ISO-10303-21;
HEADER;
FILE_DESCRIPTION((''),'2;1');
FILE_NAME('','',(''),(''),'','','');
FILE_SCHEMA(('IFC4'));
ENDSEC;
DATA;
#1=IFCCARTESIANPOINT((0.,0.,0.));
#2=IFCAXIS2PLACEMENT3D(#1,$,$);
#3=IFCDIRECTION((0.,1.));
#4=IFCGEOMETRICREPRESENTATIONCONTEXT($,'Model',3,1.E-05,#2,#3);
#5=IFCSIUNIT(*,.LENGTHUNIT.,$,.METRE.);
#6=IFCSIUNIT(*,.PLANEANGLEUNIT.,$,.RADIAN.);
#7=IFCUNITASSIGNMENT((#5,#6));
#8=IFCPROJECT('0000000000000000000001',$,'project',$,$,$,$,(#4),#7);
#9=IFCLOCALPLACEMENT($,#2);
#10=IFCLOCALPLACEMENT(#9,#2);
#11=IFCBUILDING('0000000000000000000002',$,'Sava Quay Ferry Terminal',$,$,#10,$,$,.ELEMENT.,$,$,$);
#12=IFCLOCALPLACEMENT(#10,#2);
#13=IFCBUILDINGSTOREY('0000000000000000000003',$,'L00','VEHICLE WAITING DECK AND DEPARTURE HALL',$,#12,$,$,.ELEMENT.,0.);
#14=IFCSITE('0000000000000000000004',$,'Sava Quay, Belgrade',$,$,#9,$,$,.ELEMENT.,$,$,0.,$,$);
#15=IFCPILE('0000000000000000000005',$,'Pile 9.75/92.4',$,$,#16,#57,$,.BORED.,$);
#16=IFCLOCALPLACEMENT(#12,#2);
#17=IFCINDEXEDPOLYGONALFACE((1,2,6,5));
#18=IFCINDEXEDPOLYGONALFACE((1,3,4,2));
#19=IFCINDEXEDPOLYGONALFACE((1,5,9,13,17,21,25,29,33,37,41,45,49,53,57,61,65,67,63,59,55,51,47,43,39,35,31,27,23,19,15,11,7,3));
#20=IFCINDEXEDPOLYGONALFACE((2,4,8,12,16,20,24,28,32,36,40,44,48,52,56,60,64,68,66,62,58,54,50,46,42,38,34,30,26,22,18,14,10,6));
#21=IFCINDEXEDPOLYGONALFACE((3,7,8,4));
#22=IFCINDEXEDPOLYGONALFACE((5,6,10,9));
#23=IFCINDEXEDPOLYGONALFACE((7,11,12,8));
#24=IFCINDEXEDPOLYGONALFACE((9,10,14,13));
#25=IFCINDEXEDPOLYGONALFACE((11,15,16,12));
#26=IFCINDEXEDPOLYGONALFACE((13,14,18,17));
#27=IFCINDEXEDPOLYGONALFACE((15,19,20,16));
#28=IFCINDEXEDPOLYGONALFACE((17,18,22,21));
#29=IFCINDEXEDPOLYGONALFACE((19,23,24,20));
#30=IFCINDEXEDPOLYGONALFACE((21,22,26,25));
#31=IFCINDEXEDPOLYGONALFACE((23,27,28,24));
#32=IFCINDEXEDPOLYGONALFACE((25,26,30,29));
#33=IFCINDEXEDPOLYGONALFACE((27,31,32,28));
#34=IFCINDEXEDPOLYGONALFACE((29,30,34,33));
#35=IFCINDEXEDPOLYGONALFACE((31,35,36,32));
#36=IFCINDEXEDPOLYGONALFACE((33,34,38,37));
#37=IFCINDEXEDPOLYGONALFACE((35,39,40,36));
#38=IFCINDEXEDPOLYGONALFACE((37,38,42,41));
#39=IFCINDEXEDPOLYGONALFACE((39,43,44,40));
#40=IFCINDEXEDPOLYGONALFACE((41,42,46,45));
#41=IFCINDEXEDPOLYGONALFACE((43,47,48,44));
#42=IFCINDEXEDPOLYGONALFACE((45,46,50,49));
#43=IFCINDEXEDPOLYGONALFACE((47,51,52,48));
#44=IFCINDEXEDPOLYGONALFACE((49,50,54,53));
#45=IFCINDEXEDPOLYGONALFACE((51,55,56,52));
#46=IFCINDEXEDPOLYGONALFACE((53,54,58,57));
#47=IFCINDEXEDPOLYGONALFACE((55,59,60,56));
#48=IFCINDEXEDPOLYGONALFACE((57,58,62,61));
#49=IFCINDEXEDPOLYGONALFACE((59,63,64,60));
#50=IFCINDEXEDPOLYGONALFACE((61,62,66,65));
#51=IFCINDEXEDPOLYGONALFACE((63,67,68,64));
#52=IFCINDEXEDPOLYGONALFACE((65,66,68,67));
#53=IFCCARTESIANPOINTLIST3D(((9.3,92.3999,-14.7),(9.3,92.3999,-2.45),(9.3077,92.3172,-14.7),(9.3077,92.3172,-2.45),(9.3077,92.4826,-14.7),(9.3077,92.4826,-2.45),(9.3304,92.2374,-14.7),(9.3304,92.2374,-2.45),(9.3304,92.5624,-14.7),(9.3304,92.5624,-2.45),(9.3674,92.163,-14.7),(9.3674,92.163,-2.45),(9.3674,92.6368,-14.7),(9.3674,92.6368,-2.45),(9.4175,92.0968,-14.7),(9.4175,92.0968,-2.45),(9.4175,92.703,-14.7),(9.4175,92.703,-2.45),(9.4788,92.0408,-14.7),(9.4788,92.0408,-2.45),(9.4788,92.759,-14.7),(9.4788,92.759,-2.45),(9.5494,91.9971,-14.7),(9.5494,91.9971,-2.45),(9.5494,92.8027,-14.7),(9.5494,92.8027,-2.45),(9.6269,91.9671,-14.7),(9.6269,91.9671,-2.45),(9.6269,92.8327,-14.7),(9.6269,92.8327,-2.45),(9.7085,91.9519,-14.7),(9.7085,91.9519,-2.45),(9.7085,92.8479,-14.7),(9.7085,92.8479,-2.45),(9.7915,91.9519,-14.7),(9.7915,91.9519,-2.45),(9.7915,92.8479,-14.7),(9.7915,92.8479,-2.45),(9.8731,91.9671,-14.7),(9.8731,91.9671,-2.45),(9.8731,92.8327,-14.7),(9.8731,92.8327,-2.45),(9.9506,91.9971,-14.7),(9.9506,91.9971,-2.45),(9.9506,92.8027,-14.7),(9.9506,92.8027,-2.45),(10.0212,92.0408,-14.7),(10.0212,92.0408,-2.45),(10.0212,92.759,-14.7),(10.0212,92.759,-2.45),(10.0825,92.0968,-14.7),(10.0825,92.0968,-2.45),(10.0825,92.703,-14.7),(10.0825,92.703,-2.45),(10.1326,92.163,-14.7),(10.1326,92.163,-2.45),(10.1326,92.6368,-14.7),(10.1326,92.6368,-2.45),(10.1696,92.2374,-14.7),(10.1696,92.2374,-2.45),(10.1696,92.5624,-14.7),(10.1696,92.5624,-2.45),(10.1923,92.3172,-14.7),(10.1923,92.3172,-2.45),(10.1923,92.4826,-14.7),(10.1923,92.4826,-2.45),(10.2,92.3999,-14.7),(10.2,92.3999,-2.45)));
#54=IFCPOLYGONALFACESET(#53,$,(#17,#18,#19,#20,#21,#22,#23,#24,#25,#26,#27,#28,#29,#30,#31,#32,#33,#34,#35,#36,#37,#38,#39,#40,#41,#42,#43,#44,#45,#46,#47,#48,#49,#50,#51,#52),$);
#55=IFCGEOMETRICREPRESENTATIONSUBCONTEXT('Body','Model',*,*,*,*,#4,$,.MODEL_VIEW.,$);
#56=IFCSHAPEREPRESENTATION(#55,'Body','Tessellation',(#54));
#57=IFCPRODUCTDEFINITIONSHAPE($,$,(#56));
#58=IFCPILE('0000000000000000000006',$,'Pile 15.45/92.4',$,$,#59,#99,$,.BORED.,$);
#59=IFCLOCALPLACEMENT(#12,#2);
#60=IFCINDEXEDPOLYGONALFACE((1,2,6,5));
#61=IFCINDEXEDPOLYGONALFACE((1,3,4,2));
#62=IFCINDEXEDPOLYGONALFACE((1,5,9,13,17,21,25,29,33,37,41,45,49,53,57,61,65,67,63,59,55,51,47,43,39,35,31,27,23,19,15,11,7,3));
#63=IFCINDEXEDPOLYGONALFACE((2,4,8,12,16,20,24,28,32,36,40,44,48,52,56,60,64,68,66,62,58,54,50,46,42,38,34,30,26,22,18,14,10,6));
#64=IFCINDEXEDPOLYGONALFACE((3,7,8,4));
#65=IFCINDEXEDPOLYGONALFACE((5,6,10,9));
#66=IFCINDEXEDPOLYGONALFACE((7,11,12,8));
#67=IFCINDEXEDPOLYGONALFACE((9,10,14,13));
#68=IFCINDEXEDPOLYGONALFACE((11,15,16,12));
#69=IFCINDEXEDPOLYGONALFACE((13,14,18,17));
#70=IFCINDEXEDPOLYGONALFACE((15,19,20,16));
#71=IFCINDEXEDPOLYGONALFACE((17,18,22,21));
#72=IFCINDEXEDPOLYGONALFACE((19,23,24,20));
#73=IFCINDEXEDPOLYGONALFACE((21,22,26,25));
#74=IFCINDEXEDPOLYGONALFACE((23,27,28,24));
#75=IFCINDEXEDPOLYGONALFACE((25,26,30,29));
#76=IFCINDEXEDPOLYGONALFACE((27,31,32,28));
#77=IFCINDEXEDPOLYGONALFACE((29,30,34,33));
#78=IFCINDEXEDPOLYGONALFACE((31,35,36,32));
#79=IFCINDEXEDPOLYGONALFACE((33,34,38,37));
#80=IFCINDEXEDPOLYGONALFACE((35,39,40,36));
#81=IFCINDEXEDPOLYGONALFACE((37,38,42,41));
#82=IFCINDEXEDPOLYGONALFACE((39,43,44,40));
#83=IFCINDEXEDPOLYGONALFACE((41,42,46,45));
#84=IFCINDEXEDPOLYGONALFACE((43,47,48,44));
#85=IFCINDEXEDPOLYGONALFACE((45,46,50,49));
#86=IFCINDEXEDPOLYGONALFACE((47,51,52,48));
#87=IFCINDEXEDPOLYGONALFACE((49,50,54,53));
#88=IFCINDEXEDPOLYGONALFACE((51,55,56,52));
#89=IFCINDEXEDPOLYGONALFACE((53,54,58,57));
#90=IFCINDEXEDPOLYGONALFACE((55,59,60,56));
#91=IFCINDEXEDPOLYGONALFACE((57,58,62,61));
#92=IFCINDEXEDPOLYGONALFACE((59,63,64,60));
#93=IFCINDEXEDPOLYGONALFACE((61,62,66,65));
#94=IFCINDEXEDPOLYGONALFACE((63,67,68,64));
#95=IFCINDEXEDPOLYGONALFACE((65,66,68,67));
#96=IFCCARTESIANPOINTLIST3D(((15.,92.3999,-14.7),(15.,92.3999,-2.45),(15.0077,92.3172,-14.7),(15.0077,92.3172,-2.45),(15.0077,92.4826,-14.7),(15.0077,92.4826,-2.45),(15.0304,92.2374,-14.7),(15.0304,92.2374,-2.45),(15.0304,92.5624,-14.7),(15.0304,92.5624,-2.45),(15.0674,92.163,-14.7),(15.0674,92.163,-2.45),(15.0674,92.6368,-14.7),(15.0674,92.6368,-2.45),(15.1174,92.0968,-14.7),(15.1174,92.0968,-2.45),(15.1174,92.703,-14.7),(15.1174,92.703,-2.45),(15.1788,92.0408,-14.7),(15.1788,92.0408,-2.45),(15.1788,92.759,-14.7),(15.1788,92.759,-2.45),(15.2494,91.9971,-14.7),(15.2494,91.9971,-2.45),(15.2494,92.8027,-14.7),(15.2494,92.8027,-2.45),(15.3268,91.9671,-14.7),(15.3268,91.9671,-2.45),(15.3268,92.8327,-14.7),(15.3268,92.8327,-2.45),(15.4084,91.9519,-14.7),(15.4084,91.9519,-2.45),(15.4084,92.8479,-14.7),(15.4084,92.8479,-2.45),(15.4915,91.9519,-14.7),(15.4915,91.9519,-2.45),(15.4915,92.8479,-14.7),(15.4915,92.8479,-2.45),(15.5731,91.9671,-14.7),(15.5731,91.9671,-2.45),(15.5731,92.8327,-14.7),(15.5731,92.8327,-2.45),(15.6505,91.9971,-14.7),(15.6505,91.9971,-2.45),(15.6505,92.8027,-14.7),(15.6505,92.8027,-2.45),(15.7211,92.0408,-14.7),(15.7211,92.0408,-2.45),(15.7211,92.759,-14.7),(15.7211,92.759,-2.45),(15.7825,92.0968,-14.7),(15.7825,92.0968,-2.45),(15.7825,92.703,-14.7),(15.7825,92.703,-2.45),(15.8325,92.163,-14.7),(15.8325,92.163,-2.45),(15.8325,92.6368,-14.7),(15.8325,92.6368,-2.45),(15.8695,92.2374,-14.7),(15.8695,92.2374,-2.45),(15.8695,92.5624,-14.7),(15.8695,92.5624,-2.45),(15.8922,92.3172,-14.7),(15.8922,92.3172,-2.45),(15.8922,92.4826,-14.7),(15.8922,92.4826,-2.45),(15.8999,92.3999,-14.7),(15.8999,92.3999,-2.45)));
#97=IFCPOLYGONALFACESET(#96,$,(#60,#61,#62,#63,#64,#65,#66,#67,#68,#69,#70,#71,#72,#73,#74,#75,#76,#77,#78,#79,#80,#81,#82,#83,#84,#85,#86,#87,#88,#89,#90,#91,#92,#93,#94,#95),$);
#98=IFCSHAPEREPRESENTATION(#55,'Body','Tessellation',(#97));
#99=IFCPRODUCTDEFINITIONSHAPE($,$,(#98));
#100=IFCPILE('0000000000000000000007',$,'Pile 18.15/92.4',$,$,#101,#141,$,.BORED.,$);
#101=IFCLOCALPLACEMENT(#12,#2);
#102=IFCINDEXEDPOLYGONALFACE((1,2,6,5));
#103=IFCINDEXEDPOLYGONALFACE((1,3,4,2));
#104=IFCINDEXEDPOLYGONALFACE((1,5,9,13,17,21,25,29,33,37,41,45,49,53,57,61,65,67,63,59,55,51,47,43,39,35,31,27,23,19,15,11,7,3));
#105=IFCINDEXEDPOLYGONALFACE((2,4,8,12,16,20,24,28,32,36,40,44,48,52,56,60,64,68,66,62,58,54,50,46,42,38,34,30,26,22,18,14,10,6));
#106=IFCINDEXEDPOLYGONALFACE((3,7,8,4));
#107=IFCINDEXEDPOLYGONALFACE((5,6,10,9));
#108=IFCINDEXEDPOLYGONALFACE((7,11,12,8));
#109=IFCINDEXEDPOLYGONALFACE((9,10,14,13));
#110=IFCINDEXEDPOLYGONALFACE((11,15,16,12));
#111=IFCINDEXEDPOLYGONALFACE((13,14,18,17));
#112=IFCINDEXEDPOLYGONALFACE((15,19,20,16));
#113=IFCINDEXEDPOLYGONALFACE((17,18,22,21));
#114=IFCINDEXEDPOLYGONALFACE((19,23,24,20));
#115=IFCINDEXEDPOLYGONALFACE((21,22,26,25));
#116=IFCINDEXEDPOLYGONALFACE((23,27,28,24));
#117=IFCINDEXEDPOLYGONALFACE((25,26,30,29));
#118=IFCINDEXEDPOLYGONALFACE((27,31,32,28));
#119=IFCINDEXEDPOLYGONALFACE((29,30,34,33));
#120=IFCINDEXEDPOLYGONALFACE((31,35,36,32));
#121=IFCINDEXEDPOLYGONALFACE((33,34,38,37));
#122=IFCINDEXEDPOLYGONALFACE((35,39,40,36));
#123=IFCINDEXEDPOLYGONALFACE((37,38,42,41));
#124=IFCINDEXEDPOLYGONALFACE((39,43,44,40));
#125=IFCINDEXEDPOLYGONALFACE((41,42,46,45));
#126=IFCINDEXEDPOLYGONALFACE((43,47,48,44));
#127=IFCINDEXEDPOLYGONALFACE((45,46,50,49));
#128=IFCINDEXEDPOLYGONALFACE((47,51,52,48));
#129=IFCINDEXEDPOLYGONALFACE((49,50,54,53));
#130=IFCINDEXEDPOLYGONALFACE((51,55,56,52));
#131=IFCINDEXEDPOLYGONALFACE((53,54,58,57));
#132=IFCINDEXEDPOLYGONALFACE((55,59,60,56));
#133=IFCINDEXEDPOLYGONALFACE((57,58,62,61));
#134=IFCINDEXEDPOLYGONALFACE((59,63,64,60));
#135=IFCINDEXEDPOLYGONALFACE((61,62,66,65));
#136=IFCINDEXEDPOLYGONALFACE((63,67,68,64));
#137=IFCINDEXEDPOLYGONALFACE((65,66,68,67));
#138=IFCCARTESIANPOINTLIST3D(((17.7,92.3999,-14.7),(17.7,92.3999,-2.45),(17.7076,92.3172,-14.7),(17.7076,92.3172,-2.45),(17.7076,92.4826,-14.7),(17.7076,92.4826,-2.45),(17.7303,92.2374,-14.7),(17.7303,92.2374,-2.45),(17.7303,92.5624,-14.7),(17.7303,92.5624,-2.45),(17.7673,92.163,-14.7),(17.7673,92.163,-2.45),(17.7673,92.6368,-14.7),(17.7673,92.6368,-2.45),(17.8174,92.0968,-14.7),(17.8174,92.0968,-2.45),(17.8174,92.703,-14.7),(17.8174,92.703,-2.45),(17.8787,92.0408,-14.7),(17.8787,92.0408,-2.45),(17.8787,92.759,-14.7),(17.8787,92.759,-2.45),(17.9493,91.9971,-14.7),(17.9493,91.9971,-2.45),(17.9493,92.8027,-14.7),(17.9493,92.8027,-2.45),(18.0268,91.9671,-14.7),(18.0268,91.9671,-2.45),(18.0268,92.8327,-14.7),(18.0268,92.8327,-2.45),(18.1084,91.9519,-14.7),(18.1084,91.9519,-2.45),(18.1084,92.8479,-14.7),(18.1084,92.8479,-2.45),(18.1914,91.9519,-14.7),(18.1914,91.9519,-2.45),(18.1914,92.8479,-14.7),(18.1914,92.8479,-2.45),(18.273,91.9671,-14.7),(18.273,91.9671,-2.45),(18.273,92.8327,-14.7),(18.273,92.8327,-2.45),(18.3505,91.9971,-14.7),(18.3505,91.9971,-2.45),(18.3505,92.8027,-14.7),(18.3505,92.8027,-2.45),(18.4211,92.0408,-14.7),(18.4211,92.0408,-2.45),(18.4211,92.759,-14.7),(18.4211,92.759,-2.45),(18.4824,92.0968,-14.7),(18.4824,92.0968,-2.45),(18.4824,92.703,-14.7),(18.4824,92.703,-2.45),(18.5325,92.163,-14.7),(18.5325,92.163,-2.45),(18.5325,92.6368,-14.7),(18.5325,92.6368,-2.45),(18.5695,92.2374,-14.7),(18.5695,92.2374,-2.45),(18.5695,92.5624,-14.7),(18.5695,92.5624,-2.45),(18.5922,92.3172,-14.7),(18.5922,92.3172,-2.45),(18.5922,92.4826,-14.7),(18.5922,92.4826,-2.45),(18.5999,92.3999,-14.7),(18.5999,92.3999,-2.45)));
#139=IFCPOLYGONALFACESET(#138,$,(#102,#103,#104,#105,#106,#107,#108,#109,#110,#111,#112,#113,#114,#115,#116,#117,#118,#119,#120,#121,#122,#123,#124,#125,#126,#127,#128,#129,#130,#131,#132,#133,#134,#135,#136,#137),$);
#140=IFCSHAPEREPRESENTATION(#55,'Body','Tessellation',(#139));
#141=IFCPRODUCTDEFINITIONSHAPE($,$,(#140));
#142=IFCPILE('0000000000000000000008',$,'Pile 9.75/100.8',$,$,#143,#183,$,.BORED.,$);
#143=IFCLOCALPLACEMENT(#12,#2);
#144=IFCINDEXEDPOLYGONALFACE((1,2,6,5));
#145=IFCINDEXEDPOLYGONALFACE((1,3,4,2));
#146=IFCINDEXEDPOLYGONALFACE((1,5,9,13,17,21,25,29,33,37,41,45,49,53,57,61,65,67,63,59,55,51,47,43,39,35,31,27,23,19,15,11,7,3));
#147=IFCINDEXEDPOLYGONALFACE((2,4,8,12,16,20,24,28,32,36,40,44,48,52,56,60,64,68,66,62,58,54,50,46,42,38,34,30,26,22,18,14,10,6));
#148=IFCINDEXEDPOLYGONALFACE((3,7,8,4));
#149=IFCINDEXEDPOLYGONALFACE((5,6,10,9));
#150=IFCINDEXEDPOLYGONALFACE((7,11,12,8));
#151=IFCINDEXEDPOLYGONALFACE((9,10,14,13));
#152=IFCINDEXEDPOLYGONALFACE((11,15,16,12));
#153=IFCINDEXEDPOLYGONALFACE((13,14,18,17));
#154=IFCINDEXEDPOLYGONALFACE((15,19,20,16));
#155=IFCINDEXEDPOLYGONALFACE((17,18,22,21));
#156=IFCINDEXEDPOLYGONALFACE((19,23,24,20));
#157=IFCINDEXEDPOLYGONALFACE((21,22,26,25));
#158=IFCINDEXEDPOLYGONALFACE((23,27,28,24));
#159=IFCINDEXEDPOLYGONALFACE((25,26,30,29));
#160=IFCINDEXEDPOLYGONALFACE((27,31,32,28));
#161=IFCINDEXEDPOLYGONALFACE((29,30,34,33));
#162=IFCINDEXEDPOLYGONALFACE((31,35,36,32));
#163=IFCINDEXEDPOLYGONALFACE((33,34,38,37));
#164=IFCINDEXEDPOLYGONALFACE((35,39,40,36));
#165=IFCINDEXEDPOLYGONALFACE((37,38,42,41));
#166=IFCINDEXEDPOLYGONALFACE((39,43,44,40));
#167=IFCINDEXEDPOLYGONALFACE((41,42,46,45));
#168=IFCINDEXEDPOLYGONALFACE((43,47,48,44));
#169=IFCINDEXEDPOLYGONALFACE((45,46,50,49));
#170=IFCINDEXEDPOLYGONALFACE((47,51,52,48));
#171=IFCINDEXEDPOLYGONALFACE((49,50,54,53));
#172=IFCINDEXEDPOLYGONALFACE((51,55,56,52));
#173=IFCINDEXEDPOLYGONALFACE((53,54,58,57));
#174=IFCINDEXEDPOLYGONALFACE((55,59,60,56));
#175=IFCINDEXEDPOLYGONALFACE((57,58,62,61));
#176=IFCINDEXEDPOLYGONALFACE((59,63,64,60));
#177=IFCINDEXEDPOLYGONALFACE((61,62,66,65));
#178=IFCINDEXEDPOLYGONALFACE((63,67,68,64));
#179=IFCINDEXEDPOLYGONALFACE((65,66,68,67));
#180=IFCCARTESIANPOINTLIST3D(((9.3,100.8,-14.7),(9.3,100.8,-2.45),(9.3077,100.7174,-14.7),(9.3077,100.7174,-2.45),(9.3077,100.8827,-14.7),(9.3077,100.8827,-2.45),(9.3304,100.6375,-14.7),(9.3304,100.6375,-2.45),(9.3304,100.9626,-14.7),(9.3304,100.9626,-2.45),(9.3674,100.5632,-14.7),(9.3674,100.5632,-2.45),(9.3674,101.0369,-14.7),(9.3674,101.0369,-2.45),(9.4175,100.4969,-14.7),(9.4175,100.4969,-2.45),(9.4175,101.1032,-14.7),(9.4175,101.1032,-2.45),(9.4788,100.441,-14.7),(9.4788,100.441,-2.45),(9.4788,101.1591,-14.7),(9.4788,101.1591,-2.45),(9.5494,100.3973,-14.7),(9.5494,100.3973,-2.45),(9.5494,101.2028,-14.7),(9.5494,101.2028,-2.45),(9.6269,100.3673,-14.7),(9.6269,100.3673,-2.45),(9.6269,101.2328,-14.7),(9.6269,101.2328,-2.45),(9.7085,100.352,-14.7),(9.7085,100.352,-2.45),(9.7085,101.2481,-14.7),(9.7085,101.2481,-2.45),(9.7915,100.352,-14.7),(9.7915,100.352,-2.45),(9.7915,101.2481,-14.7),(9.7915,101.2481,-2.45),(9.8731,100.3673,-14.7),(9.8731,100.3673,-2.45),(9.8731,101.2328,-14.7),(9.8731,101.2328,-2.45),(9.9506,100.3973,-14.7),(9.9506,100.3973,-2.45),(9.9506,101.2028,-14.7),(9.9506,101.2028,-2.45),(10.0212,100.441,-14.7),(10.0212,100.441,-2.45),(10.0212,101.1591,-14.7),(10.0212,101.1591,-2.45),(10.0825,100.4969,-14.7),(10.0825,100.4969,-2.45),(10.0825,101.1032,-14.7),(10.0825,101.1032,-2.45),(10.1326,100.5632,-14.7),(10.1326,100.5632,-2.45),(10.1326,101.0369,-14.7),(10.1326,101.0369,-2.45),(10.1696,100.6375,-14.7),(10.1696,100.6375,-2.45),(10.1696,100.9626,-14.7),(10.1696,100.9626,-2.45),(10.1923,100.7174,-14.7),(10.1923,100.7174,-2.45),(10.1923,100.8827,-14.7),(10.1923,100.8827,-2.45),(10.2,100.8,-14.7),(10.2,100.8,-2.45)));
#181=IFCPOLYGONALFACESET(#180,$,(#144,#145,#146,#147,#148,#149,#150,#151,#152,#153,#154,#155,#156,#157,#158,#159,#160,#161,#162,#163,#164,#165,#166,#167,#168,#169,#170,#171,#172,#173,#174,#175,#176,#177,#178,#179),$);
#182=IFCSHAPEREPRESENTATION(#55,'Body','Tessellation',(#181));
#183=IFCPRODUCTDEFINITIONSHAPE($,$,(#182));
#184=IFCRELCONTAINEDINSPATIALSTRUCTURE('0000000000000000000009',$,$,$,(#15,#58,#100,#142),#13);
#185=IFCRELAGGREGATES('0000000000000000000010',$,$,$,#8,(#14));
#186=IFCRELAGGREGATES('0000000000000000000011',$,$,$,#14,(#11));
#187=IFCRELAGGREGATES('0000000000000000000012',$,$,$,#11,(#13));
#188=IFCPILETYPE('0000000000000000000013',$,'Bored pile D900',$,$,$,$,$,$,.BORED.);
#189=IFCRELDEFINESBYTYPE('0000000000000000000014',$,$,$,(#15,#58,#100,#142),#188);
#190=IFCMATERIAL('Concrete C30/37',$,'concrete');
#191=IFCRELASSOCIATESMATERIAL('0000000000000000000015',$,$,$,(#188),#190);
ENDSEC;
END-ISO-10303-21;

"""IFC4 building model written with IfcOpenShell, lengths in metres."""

from ifc_helpers import new_model, si_unit, direction, frame, origin, origin_2d, place, context, subcontext, project, spatial, circle, extrude, material, material_profile, profile_set, type_object, element, save


model = new_model("IFC4")

# Units and contexts
model_context = context("Model", 3, precision=1e-05, world=origin(), true_north=direction((0.0, 1.0)))
body_context = subcontext(model_context, "Body", "Model", "MODEL_VIEW")
ifc_project = project(units=[si_unit("LENGTHUNIT", "METRE"), si_unit("PLANEANGLEUNIT", "RADIAN")], contexts=[model_context])

# Site, building, storey
site_placement = place(None, origin())
site = spatial("IfcSite", under=ifc_project, at=site_placement, Name="Sava Quay, Belgrade", CompositionType="ELEMENT", RefElevation=0.0)
building_placement = place(site_placement, origin())
building = spatial("IfcBuilding", under=site, at=building_placement, Name="Sava Quay Ferry Terminal", CompositionType="ELEMENT")
storey_placement = place(building_placement, origin())
storey = spatial("IfcBuildingStorey", under=building, at=storey_placement, Name="L00", Description="VEHICLE WAITING DECK AND DEPARTURE HALL", CompositionType="ELEMENT", Elevation=0.0)

# Piles
ifc_material_1 = material(Name="Concrete C30/37", Category="concrete")
ifc_material_profile_1 = material_profile(ifc_material_1, circle(Radius=0.45, at=origin_2d()), Name="Bored pile D900")
ifc_profile_set_1 = profile_set([ifc_material_profile_1], Name="Concrete C30/37")
pile_type = type_object("IfcPileType", Name="Bored pile D900", PredefinedType="BORED", material=ifc_profile_set_1)
for number, where, z_axis, x_axis, name in (
    (1, (9.75, 92.3999, -2.45), (0.0, 0.0, -1.0), (1.0, 0.0, 0.0), "Pile 9.75/92.4"),
    (2, (15.45, 92.3999, -2.45), (0.0, 0.0, -1.0), (1.0, 0.0, 0.0), "Pile 15.45/92.4"),
    (3, (18.1499, 92.3999, -2.45), (0.0, 0.0, -1.0), (1.0, 0.0, 0.0), "Pile 18.15/92.4"),
    (4, (9.75, 100.8, -2.45), (0.0, 0.0, -1.0), (1.0, 0.0, 0.0), "Pile 9.75/100.8"),
):
    element("IfcPile", number, at=place(storey_placement, frame(where, z_axis=z_axis, x_axis=x_axis)), inside=storey, type_object=pile_type, Name=name, PredefinedType="BORED", context=body_context, shape_type="SweptSolid", body=[
        extrude(circle(Radius=0.45, at=origin_2d()), origin(), (0.0, 0.0, 1.0), 12.25),
    ])

save(model, "model.ifc")
